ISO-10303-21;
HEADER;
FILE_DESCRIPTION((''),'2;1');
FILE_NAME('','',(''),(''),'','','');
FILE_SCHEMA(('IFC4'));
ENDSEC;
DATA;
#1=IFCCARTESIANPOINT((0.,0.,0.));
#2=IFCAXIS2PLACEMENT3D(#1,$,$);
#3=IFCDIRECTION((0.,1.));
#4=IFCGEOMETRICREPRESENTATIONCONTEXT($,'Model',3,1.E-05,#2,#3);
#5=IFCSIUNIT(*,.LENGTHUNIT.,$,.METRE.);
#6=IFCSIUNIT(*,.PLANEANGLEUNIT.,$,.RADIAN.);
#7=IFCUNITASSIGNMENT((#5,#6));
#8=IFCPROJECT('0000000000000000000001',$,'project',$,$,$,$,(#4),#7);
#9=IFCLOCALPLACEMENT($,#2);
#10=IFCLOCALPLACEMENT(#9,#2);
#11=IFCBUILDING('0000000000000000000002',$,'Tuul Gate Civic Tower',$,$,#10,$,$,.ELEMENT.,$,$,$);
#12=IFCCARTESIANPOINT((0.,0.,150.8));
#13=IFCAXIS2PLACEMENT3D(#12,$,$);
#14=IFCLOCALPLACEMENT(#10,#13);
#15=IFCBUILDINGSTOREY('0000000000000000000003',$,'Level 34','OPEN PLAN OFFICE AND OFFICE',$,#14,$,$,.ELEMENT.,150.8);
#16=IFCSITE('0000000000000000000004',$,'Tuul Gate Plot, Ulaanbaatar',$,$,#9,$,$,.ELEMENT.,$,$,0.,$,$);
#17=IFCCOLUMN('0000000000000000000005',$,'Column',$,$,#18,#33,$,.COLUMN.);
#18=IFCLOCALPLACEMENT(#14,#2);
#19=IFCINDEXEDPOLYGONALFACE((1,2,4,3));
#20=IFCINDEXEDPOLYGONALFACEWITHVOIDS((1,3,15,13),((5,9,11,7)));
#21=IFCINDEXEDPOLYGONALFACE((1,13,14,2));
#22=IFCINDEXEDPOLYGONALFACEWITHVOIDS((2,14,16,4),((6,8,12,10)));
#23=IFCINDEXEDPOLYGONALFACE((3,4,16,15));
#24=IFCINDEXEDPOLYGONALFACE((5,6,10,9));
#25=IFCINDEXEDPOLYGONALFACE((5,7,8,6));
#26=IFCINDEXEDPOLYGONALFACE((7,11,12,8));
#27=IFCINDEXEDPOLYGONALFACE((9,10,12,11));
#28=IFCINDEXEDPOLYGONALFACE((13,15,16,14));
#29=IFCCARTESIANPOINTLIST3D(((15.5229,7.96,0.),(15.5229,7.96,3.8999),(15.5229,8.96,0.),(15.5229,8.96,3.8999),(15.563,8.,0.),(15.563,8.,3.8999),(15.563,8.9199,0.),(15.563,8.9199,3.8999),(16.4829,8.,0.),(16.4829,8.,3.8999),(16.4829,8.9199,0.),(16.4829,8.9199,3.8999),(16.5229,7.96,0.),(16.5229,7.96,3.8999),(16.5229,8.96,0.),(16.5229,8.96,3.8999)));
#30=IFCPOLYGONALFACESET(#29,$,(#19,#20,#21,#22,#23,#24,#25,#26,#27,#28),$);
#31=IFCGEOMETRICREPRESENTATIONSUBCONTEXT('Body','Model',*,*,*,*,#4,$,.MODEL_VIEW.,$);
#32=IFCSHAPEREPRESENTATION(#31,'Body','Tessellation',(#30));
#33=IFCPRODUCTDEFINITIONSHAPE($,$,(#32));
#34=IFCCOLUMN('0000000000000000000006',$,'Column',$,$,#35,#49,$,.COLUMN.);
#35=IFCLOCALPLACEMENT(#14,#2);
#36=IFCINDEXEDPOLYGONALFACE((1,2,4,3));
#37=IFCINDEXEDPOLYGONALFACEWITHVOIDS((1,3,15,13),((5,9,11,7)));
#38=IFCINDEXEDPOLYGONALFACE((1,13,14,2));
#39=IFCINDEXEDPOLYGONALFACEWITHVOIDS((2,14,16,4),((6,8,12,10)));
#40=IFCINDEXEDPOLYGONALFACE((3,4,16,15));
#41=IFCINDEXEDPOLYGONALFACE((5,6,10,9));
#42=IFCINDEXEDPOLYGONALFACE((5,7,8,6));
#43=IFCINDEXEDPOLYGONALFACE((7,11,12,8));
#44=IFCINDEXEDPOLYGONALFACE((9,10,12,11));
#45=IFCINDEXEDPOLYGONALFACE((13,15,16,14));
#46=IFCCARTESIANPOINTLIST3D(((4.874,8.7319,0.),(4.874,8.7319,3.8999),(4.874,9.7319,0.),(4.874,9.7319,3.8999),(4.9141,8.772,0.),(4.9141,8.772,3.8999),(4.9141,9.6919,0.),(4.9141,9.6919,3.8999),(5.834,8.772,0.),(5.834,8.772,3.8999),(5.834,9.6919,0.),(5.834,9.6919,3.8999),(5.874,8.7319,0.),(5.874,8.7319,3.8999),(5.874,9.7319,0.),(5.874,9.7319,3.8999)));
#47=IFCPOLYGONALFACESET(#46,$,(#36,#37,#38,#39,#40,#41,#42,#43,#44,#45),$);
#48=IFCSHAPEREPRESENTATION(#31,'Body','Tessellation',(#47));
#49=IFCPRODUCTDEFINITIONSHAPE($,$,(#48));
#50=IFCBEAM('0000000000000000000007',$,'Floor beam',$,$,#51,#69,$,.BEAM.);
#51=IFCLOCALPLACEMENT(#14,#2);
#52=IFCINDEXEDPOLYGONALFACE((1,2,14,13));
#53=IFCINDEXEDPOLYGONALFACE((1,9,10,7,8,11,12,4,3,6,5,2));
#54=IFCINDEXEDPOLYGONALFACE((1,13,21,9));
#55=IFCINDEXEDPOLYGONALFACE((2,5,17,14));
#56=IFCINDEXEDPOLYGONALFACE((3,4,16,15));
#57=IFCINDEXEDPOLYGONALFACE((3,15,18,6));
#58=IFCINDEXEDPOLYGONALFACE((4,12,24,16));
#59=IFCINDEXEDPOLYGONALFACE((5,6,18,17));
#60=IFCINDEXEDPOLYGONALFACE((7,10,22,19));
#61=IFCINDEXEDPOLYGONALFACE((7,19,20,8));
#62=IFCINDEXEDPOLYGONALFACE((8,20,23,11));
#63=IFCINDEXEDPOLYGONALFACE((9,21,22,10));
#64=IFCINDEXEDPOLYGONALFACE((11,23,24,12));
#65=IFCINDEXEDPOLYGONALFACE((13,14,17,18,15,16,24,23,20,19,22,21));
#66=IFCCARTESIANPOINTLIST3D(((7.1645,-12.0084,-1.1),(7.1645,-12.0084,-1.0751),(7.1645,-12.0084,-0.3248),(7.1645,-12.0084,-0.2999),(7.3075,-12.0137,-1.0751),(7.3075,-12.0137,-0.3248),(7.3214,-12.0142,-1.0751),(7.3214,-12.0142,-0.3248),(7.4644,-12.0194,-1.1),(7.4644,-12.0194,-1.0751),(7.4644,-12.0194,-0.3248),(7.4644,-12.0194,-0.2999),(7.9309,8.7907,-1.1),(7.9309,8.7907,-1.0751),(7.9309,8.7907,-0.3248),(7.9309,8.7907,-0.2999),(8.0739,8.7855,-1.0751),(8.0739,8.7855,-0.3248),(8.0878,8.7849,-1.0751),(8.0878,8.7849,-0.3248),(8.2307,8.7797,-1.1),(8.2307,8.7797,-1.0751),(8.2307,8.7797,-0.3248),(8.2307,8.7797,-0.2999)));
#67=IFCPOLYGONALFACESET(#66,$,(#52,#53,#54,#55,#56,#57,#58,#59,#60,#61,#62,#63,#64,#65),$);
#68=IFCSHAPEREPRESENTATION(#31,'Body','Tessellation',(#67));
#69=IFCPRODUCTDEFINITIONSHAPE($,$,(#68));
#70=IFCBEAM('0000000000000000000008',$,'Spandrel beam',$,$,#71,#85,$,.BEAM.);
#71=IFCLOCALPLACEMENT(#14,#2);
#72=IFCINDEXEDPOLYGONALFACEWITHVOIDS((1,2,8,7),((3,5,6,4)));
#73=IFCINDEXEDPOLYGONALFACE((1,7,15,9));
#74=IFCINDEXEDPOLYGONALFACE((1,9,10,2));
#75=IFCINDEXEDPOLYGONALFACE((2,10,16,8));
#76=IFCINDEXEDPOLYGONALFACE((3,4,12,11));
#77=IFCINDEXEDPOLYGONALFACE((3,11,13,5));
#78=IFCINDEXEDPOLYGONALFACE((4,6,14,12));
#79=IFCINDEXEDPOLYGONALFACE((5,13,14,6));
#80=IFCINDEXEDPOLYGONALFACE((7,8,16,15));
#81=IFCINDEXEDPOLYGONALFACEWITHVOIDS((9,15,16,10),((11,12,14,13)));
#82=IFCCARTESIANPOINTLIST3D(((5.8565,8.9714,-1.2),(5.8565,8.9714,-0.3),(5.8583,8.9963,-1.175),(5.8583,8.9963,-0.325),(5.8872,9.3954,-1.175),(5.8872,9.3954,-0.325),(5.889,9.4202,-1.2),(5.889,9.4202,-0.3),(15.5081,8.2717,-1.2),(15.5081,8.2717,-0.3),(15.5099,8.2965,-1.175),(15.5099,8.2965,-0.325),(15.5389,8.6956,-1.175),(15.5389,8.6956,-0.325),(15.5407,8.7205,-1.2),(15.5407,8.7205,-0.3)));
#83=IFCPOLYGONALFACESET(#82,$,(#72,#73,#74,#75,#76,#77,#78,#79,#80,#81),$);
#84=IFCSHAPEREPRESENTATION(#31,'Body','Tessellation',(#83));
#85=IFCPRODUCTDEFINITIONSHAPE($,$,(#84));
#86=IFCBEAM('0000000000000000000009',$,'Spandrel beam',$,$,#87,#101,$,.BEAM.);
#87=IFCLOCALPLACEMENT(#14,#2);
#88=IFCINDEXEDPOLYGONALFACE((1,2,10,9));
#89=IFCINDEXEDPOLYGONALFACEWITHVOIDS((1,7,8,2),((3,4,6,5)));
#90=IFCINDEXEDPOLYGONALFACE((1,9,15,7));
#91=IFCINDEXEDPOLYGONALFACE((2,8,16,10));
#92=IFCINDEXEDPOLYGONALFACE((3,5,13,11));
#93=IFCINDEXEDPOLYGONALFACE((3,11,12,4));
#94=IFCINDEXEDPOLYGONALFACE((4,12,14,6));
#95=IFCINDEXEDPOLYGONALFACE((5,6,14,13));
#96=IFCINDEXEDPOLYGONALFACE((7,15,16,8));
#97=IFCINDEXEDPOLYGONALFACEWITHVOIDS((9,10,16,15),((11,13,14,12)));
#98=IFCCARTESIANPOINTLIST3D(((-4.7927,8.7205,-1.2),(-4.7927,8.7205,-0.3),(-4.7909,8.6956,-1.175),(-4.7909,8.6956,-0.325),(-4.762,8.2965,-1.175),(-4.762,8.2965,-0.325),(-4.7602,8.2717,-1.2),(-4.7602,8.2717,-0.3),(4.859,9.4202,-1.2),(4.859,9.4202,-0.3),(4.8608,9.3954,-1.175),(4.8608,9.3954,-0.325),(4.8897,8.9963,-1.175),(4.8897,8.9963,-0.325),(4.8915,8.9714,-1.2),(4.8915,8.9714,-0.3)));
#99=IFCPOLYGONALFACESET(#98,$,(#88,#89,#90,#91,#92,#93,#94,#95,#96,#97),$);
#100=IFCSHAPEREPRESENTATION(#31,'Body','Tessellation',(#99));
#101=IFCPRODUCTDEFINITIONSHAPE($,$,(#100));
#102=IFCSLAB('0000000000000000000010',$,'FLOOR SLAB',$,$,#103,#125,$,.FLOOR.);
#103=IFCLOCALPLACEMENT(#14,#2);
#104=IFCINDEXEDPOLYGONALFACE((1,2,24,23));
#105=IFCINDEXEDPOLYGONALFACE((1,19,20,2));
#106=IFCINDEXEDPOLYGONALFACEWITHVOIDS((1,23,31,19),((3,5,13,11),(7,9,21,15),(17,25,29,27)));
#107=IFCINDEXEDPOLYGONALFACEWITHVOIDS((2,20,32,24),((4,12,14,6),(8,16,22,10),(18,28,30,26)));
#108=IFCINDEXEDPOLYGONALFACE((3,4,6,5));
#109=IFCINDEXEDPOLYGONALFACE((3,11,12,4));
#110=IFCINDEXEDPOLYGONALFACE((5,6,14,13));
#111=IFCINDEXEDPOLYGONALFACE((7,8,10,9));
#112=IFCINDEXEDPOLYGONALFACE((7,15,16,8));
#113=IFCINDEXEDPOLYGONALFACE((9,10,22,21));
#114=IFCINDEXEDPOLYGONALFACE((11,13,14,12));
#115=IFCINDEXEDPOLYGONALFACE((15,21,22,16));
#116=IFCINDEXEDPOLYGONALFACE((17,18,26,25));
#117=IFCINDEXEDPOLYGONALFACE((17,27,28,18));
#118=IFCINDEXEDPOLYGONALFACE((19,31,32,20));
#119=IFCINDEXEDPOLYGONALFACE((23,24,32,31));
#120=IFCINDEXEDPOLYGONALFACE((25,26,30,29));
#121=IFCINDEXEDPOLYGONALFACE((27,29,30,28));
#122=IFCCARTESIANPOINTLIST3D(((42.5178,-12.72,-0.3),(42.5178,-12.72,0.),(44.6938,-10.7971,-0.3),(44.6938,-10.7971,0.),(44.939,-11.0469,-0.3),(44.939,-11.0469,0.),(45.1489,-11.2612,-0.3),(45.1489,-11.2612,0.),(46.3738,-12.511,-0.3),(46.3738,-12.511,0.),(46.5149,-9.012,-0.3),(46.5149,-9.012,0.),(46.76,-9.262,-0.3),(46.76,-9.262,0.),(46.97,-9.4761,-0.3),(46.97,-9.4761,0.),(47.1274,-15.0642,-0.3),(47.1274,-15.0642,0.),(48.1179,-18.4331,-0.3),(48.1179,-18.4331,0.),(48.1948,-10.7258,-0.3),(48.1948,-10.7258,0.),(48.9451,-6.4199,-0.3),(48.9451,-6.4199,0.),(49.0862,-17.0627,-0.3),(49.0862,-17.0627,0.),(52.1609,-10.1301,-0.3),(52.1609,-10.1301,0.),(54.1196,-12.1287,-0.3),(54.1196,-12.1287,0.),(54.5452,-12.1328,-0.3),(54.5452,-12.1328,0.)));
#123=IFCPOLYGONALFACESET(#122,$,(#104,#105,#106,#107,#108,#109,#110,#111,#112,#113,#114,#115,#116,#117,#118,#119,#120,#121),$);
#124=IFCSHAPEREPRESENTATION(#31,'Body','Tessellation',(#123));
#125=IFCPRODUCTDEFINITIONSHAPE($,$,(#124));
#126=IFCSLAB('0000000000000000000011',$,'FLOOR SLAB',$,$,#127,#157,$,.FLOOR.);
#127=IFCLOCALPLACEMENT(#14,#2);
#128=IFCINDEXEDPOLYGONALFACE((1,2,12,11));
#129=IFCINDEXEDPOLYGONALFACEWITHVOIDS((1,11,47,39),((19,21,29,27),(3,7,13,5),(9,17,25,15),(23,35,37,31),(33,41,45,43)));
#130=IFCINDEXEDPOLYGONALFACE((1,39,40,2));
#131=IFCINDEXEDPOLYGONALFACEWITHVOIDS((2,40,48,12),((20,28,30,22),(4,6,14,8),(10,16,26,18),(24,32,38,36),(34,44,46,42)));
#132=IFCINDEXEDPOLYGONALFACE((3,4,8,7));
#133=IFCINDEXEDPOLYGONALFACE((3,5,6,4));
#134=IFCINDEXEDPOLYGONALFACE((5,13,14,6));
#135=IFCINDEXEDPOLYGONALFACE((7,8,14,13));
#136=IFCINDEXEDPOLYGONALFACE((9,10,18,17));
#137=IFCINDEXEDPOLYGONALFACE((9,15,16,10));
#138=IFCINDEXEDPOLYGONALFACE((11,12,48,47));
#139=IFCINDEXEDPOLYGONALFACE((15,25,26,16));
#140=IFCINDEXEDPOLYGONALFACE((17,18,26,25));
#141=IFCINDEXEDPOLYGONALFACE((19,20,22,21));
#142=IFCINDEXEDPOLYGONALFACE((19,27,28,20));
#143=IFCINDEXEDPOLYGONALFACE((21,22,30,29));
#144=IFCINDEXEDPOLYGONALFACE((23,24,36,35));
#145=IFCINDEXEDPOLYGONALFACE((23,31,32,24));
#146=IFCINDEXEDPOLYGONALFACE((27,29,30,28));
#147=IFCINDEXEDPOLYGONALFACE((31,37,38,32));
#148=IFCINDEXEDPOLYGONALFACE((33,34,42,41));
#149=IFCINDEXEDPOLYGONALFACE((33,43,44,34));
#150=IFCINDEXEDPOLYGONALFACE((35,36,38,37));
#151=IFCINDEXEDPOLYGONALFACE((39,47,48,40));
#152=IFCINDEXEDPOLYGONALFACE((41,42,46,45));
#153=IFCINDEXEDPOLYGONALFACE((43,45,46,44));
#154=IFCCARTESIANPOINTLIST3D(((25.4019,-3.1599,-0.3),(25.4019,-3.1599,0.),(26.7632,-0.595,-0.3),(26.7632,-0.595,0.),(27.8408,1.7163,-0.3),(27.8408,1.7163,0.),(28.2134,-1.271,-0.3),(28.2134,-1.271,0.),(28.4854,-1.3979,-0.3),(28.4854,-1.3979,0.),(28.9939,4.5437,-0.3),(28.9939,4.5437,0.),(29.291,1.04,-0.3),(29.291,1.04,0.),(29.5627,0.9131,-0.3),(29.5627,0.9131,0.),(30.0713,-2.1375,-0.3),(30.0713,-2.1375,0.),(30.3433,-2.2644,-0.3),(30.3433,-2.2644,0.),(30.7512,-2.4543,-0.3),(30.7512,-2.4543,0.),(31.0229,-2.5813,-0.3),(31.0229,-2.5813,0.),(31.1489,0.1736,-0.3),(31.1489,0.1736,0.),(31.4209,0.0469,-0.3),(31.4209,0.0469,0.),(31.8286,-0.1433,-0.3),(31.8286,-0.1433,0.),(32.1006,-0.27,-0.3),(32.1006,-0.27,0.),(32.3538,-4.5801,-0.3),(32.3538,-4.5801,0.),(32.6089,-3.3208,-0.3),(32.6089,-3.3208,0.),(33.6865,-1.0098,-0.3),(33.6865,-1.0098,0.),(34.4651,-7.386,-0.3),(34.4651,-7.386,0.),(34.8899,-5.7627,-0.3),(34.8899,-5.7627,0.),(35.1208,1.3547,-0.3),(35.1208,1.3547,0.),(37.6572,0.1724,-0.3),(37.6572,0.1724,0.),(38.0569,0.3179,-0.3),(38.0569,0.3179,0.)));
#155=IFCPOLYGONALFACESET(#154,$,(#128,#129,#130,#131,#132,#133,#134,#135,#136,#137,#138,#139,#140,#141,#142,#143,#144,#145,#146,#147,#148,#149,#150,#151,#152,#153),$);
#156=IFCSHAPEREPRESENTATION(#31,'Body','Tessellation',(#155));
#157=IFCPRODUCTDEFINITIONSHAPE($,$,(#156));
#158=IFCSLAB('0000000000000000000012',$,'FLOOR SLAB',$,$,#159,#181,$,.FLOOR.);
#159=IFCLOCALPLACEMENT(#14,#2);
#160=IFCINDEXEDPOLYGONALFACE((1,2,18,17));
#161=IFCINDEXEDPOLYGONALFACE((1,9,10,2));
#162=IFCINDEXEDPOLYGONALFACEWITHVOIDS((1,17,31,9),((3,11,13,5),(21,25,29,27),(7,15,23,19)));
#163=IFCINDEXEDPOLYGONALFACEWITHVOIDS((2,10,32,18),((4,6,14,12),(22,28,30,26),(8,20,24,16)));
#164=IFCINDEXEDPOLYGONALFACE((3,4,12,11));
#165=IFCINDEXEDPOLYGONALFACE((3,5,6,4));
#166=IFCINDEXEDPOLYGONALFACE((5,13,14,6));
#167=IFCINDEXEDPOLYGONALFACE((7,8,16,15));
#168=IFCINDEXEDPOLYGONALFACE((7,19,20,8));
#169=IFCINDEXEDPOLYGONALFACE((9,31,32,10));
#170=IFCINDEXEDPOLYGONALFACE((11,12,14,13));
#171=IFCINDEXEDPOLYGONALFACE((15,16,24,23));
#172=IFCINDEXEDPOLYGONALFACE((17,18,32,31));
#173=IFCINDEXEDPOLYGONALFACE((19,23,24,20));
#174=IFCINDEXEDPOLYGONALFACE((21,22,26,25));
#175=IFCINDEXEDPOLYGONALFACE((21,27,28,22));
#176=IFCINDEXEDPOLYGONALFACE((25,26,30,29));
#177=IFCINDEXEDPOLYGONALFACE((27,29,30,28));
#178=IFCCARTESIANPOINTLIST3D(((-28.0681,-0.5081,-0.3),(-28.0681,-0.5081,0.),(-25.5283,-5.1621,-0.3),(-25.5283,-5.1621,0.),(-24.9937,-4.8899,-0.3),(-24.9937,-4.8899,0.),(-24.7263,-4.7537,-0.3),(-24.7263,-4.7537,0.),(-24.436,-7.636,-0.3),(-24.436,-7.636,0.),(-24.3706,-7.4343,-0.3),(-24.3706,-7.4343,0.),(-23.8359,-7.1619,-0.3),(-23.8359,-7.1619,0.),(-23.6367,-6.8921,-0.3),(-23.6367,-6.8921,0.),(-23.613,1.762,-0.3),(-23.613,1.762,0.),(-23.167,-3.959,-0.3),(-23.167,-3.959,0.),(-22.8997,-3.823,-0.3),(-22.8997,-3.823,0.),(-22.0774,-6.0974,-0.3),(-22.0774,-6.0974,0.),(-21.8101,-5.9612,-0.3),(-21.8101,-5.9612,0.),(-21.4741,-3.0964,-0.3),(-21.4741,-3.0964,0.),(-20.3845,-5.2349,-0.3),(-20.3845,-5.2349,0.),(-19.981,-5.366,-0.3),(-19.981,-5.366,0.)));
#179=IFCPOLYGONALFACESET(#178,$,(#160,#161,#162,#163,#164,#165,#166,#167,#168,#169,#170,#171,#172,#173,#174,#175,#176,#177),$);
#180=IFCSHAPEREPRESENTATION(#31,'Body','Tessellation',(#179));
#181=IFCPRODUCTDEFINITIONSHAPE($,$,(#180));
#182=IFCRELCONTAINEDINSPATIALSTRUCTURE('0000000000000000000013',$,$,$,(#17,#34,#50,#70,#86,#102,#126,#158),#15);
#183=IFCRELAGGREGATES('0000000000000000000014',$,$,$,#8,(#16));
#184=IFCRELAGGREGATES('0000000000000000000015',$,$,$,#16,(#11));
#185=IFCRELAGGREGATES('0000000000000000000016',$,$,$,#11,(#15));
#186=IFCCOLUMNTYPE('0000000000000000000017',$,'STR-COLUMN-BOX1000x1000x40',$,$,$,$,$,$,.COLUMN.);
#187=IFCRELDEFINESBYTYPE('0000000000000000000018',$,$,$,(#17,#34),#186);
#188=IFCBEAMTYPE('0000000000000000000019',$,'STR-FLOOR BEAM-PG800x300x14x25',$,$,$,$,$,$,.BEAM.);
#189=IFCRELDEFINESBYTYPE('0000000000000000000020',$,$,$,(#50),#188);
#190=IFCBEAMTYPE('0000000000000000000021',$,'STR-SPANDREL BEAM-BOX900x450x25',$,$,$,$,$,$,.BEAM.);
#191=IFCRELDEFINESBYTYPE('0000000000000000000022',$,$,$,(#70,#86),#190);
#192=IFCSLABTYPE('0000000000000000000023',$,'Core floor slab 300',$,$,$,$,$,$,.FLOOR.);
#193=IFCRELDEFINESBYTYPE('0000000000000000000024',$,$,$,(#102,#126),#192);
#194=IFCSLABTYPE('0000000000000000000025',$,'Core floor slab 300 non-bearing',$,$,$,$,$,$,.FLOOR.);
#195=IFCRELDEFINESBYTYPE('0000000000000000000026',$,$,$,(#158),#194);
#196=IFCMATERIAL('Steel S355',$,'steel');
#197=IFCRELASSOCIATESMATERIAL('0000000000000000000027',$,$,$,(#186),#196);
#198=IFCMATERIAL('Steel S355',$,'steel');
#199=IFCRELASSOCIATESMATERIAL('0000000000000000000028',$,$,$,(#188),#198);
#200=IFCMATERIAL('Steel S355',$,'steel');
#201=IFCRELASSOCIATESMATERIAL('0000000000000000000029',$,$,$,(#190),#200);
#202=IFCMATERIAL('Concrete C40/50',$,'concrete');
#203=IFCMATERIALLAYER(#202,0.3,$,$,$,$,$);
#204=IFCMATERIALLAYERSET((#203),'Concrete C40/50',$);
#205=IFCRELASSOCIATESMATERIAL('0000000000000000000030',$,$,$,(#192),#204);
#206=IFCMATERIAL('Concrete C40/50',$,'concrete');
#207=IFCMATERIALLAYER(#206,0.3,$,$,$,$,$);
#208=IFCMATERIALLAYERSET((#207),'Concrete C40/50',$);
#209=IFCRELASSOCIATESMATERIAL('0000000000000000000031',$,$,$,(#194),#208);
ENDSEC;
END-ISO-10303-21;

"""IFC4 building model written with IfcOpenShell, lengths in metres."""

from ifc_helpers import new_model, si_unit, direction, frame, origin, origin_2d, place, context, subcontext, project, spatial, polyline, hollow_rectangle, i_section, outline, extrude, material, layer, layer_set, material_profile, profile_set, type_object, element, save


model = new_model("IFC4")

# Units and contexts
model_context = context("Model", 3, precision=1e-05, world=origin(), true_north=direction((0.0, 1.0)))
body_context = subcontext(model_context, "Body", "Model", "MODEL_VIEW")
ifc_project = project(units=[si_unit("LENGTHUNIT", "METRE"), si_unit("PLANEANGLEUNIT", "RADIAN")], contexts=[model_context])

# Site, building, storey
site_placement = place(None, origin())
site = spatial("IfcSite", under=ifc_project, at=site_placement, Name="Tuul Gate Plot, Ulaanbaatar", CompositionType="ELEMENT", RefElevation=0.0)
building_placement = place(site_placement, origin())
building = spatial("IfcBuilding", under=site, at=building_placement, Name="Tuul Gate Civic Tower", CompositionType="ELEMENT")
storey_placement = place(building_placement, frame((0.0, 0.0, 150.8)))
storey = spatial("IfcBuildingStorey", under=building, at=storey_placement, Name="Level 34", Description="OPEN PLAN OFFICE AND OFFICE", CompositionType="ELEMENT", Elevation=150.8)

# Columns
ifc_material_1 = material(Name="Steel S355", Category="steel")
ifc_material_profile_1 = material_profile(ifc_material_1, hollow_rectangle(XDim=1.0, YDim=1.0, WallThickness=0.04, at=origin_2d()), Name="BOX1000x1000x40")
ifc_profile_set_1 = profile_set([ifc_material_profile_1], Name="Steel S355")
column_type = type_object("IfcColumnType", Name="STR-COLUMN-BOX1000x1000x40", PredefinedType="COLUMN", material=ifc_profile_set_1)
for number, where, z_axis, x_axis, name in (
    (1, (16.0229, 8.46, 0.0), (0.0, 0.0, 1.0), (1.0, 0.0, 0.0), "Column"),
    (2, (5.374, 9.2319, 0.0), (0.0, 0.0, 1.0), (1.0, 0.0, 0.0), "Column"),
):
    element("IfcColumn", number, at=place(storey_placement, frame(where, z_axis=z_axis, x_axis=x_axis)), inside=storey, type_object=column_type, Name=name, PredefinedType="COLUMN", context=body_context, shape_type="SweptSolid", body=[
        extrude(hollow_rectangle(XDim=1.0, YDim=1.0, WallThickness=0.04, at=origin_2d()), origin(), (0.0, 0.0, 1.0), 3.8999),
    ])

# Beams
ifc_material_2 = material(Name="Steel S355", Category="steel")
ifc_material_profile_2 = material_profile(ifc_material_2, i_section(OverallWidth=0.3, OverallDepth=0.8, WebThickness=0.0139, FlangeThickness=0.0249, at=origin_2d()), Name="PG800x300x14x25")
ifc_profile_set_2 = profile_set([ifc_material_profile_2], Name="Steel S355")
beam_type_1 = type_object("IfcBeamType", Name="STR-FLOOR BEAM-PG800x300x14x25", PredefinedType="BEAM", material=ifc_profile_set_2)
beam_placement = place(storey_placement, frame((7.3145, -12.0139, -0.7), z_axis=(0.036821, 0.999322, 0.0), x_axis=(-0.999322, 0.036821, 0.0)))
element("IfcBeam", 3, at=beam_placement, inside=storey, type_object=beam_type_1, Name="Floor beam", PredefinedType="BEAM", context=body_context, shape_type="SweptSolid", body=[
    extrude(i_section(OverallWidth=0.3, OverallDepth=0.8, WebThickness=0.0139, FlangeThickness=0.0249, at=origin_2d()), origin(), (0.0, 0.0, 1.0), 20.8132),
])
ifc_material_3 = material(Name="Steel S355", Category="steel")
ifc_material_profile_3 = material_profile(ifc_material_3, hollow_rectangle(XDim=0.45, YDim=0.8999, WallThickness=0.0249, at=origin_2d()), Name="BOX900x450x25")
ifc_profile_set_3 = profile_set([ifc_material_profile_3], Name="Steel S355")
beam_type_2 = type_object("IfcBeamType", Name="STR-SPANDREL BEAM-BOX900x450x25", PredefinedType="BEAM", material=ifc_profile_set_3)
for number, where, z_axis, x_axis, name in (
    (4, (15.5244, 8.4961, -0.75), (-0.997382, 0.072307, 0.0), (-0.072307, -0.997382, 0.0), "Spandrel beam"),
    (5, (4.8752, 9.1958, -0.75), (-0.997382, -0.072307, 0.0), (0.072307, -0.997382, 0.0), "Spandrel beam"),
):
    element("IfcBeam", number, at=place(storey_placement, frame(where, z_axis=z_axis, x_axis=x_axis)), inside=storey, type_object=beam_type_2, Name=name, PredefinedType="BEAM", context=body_context, shape_type="SweptSolid", body=[
        extrude(hollow_rectangle(XDim=0.45, YDim=0.8999, WallThickness=0.0249, at=origin_2d()), origin(), (0.0, 0.0, 1.0), 9.677),
    ])

# Slabs
ifc_material_4 = material(Name="Concrete C40/50", Category="concrete")
ifc_layer_1 = layer(ifc_material_4, 0.3)
ifc_layer_set_1 = layer_set([ifc_layer_1], Name="Concrete C40/50")
slab_type_1 = type_object("IfcSlabType", Name="Core floor slab 300", PredefinedType="FLOOR", material=ifc_layer_set_1)
slab_1_placement = place(storey_placement, frame((0.0, 0.0, -0.3)))
element("IfcSlab", 6, at=slab_1_placement, inside=storey, type_object=slab_type_1, Name="FLOOR SLAB", PredefinedType="FLOOR", context=body_context, shape_type="SweptSolid", body=[
    extrude(outline(polyline([(48.1179, -18.4331), (54.5452, -12.1328), (48.9451, -6.4199), (42.5178, -12.72), (48.1179, -18.4331)]), holes=[polyline([(46.3738, -12.511), (48.1948, -10.7258), (46.97, -9.4761), (45.1489, -11.2612), (46.3738, -12.511)]), polyline([(44.939, -11.0469), (46.76, -9.262), (46.5149, -9.012), (44.6938, -10.7971), (44.939, -11.0469)]), polyline([(49.0862, -17.0627), (47.1274, -15.0642), (52.1609, -10.1301), (54.1196, -12.1287), (49.0862, -17.0627)])]), origin(), (0.0, 0.0, 1.0), 0.3),
])
slab_2_placement = place(storey_placement, frame((0.0, 0.0, -0.3)))
element("IfcSlab", 7, at=slab_2_placement, inside=storey, type_object=slab_type_1, Name="FLOOR SLAB", PredefinedType="FLOOR", context=body_context, shape_type="SweptSolid", body=[
    extrude(outline(polyline([(34.4651, -7.386), (38.0569, 0.3179), (28.9939, 4.5437), (25.4019, -3.1599), (34.4651, -7.386)]), holes=[polyline([(32.6089, -3.3208), (33.6865, -1.0098), (32.1006, -0.27), (31.0229, -2.5813), (32.6089, -3.3208)]), polyline([(30.0713, -2.1375), (31.1489, 0.1736), (29.5627, 0.9131), (28.4854, -1.3979), (30.0713, -2.1375)]), polyline([(30.7512, -2.4543), (31.8286, -0.1433), (31.4209, 0.0469), (30.3433, -2.2644), (30.7512, -2.4543)]), polyline([(28.2134, -1.271), (29.291, 1.04), (27.8408, 1.7163), (26.7632, -0.595), (28.2134, -1.271)]), polyline([(34.8899, -5.7627), (32.3538, -4.5801), (35.1208, 1.3547), (37.6572, 0.1724), (34.8899, -5.7627)])]), origin(), (0.0, 0.0, 1.0), 0.3),
])
ifc_material_5 = material(Name="Concrete C40/50", Category="concrete")
ifc_layer_2 = layer(ifc_material_5, 0.3)
ifc_layer_set_2 = layer_set([ifc_layer_2], Name="Concrete C40/50")
slab_type_2 = type_object("IfcSlabType", Name="Core floor slab 300 non-bearing", PredefinedType="FLOOR", material=ifc_layer_set_2)
slab_3_placement = place(storey_placement, frame((0.0, 0.0, -0.3)))
element("IfcSlab", 8, at=slab_3_placement, inside=storey, type_object=slab_type_2, Name="FLOOR SLAB", PredefinedType="FLOOR", context=body_context, shape_type="SweptSolid", body=[
    extrude(outline(polyline([(-19.981, -5.366), (-23.613, 1.762), (-28.0681, -0.5081), (-24.436, -7.636), (-19.981, -5.366)]), holes=[polyline([(-20.3845, -5.2349), (-21.4741, -3.0964), (-22.8997, -3.823), (-21.8101, -5.9612), (-20.3845, -5.2349)]), polyline([(-22.0774, -6.0974), (-23.167, -3.959), (-24.7263, -4.7537), (-23.6367, -6.8921), (-22.0774, -6.0974)]), polyline([(-23.8359, -7.1619), (-24.9937, -4.8899), (-25.5283, -5.1621), (-24.3706, -7.4343), (-23.8359, -7.1619)])]), origin(), (0.0, 0.0, 1.0), 0.3),
])

save(model, "model.ifc")
